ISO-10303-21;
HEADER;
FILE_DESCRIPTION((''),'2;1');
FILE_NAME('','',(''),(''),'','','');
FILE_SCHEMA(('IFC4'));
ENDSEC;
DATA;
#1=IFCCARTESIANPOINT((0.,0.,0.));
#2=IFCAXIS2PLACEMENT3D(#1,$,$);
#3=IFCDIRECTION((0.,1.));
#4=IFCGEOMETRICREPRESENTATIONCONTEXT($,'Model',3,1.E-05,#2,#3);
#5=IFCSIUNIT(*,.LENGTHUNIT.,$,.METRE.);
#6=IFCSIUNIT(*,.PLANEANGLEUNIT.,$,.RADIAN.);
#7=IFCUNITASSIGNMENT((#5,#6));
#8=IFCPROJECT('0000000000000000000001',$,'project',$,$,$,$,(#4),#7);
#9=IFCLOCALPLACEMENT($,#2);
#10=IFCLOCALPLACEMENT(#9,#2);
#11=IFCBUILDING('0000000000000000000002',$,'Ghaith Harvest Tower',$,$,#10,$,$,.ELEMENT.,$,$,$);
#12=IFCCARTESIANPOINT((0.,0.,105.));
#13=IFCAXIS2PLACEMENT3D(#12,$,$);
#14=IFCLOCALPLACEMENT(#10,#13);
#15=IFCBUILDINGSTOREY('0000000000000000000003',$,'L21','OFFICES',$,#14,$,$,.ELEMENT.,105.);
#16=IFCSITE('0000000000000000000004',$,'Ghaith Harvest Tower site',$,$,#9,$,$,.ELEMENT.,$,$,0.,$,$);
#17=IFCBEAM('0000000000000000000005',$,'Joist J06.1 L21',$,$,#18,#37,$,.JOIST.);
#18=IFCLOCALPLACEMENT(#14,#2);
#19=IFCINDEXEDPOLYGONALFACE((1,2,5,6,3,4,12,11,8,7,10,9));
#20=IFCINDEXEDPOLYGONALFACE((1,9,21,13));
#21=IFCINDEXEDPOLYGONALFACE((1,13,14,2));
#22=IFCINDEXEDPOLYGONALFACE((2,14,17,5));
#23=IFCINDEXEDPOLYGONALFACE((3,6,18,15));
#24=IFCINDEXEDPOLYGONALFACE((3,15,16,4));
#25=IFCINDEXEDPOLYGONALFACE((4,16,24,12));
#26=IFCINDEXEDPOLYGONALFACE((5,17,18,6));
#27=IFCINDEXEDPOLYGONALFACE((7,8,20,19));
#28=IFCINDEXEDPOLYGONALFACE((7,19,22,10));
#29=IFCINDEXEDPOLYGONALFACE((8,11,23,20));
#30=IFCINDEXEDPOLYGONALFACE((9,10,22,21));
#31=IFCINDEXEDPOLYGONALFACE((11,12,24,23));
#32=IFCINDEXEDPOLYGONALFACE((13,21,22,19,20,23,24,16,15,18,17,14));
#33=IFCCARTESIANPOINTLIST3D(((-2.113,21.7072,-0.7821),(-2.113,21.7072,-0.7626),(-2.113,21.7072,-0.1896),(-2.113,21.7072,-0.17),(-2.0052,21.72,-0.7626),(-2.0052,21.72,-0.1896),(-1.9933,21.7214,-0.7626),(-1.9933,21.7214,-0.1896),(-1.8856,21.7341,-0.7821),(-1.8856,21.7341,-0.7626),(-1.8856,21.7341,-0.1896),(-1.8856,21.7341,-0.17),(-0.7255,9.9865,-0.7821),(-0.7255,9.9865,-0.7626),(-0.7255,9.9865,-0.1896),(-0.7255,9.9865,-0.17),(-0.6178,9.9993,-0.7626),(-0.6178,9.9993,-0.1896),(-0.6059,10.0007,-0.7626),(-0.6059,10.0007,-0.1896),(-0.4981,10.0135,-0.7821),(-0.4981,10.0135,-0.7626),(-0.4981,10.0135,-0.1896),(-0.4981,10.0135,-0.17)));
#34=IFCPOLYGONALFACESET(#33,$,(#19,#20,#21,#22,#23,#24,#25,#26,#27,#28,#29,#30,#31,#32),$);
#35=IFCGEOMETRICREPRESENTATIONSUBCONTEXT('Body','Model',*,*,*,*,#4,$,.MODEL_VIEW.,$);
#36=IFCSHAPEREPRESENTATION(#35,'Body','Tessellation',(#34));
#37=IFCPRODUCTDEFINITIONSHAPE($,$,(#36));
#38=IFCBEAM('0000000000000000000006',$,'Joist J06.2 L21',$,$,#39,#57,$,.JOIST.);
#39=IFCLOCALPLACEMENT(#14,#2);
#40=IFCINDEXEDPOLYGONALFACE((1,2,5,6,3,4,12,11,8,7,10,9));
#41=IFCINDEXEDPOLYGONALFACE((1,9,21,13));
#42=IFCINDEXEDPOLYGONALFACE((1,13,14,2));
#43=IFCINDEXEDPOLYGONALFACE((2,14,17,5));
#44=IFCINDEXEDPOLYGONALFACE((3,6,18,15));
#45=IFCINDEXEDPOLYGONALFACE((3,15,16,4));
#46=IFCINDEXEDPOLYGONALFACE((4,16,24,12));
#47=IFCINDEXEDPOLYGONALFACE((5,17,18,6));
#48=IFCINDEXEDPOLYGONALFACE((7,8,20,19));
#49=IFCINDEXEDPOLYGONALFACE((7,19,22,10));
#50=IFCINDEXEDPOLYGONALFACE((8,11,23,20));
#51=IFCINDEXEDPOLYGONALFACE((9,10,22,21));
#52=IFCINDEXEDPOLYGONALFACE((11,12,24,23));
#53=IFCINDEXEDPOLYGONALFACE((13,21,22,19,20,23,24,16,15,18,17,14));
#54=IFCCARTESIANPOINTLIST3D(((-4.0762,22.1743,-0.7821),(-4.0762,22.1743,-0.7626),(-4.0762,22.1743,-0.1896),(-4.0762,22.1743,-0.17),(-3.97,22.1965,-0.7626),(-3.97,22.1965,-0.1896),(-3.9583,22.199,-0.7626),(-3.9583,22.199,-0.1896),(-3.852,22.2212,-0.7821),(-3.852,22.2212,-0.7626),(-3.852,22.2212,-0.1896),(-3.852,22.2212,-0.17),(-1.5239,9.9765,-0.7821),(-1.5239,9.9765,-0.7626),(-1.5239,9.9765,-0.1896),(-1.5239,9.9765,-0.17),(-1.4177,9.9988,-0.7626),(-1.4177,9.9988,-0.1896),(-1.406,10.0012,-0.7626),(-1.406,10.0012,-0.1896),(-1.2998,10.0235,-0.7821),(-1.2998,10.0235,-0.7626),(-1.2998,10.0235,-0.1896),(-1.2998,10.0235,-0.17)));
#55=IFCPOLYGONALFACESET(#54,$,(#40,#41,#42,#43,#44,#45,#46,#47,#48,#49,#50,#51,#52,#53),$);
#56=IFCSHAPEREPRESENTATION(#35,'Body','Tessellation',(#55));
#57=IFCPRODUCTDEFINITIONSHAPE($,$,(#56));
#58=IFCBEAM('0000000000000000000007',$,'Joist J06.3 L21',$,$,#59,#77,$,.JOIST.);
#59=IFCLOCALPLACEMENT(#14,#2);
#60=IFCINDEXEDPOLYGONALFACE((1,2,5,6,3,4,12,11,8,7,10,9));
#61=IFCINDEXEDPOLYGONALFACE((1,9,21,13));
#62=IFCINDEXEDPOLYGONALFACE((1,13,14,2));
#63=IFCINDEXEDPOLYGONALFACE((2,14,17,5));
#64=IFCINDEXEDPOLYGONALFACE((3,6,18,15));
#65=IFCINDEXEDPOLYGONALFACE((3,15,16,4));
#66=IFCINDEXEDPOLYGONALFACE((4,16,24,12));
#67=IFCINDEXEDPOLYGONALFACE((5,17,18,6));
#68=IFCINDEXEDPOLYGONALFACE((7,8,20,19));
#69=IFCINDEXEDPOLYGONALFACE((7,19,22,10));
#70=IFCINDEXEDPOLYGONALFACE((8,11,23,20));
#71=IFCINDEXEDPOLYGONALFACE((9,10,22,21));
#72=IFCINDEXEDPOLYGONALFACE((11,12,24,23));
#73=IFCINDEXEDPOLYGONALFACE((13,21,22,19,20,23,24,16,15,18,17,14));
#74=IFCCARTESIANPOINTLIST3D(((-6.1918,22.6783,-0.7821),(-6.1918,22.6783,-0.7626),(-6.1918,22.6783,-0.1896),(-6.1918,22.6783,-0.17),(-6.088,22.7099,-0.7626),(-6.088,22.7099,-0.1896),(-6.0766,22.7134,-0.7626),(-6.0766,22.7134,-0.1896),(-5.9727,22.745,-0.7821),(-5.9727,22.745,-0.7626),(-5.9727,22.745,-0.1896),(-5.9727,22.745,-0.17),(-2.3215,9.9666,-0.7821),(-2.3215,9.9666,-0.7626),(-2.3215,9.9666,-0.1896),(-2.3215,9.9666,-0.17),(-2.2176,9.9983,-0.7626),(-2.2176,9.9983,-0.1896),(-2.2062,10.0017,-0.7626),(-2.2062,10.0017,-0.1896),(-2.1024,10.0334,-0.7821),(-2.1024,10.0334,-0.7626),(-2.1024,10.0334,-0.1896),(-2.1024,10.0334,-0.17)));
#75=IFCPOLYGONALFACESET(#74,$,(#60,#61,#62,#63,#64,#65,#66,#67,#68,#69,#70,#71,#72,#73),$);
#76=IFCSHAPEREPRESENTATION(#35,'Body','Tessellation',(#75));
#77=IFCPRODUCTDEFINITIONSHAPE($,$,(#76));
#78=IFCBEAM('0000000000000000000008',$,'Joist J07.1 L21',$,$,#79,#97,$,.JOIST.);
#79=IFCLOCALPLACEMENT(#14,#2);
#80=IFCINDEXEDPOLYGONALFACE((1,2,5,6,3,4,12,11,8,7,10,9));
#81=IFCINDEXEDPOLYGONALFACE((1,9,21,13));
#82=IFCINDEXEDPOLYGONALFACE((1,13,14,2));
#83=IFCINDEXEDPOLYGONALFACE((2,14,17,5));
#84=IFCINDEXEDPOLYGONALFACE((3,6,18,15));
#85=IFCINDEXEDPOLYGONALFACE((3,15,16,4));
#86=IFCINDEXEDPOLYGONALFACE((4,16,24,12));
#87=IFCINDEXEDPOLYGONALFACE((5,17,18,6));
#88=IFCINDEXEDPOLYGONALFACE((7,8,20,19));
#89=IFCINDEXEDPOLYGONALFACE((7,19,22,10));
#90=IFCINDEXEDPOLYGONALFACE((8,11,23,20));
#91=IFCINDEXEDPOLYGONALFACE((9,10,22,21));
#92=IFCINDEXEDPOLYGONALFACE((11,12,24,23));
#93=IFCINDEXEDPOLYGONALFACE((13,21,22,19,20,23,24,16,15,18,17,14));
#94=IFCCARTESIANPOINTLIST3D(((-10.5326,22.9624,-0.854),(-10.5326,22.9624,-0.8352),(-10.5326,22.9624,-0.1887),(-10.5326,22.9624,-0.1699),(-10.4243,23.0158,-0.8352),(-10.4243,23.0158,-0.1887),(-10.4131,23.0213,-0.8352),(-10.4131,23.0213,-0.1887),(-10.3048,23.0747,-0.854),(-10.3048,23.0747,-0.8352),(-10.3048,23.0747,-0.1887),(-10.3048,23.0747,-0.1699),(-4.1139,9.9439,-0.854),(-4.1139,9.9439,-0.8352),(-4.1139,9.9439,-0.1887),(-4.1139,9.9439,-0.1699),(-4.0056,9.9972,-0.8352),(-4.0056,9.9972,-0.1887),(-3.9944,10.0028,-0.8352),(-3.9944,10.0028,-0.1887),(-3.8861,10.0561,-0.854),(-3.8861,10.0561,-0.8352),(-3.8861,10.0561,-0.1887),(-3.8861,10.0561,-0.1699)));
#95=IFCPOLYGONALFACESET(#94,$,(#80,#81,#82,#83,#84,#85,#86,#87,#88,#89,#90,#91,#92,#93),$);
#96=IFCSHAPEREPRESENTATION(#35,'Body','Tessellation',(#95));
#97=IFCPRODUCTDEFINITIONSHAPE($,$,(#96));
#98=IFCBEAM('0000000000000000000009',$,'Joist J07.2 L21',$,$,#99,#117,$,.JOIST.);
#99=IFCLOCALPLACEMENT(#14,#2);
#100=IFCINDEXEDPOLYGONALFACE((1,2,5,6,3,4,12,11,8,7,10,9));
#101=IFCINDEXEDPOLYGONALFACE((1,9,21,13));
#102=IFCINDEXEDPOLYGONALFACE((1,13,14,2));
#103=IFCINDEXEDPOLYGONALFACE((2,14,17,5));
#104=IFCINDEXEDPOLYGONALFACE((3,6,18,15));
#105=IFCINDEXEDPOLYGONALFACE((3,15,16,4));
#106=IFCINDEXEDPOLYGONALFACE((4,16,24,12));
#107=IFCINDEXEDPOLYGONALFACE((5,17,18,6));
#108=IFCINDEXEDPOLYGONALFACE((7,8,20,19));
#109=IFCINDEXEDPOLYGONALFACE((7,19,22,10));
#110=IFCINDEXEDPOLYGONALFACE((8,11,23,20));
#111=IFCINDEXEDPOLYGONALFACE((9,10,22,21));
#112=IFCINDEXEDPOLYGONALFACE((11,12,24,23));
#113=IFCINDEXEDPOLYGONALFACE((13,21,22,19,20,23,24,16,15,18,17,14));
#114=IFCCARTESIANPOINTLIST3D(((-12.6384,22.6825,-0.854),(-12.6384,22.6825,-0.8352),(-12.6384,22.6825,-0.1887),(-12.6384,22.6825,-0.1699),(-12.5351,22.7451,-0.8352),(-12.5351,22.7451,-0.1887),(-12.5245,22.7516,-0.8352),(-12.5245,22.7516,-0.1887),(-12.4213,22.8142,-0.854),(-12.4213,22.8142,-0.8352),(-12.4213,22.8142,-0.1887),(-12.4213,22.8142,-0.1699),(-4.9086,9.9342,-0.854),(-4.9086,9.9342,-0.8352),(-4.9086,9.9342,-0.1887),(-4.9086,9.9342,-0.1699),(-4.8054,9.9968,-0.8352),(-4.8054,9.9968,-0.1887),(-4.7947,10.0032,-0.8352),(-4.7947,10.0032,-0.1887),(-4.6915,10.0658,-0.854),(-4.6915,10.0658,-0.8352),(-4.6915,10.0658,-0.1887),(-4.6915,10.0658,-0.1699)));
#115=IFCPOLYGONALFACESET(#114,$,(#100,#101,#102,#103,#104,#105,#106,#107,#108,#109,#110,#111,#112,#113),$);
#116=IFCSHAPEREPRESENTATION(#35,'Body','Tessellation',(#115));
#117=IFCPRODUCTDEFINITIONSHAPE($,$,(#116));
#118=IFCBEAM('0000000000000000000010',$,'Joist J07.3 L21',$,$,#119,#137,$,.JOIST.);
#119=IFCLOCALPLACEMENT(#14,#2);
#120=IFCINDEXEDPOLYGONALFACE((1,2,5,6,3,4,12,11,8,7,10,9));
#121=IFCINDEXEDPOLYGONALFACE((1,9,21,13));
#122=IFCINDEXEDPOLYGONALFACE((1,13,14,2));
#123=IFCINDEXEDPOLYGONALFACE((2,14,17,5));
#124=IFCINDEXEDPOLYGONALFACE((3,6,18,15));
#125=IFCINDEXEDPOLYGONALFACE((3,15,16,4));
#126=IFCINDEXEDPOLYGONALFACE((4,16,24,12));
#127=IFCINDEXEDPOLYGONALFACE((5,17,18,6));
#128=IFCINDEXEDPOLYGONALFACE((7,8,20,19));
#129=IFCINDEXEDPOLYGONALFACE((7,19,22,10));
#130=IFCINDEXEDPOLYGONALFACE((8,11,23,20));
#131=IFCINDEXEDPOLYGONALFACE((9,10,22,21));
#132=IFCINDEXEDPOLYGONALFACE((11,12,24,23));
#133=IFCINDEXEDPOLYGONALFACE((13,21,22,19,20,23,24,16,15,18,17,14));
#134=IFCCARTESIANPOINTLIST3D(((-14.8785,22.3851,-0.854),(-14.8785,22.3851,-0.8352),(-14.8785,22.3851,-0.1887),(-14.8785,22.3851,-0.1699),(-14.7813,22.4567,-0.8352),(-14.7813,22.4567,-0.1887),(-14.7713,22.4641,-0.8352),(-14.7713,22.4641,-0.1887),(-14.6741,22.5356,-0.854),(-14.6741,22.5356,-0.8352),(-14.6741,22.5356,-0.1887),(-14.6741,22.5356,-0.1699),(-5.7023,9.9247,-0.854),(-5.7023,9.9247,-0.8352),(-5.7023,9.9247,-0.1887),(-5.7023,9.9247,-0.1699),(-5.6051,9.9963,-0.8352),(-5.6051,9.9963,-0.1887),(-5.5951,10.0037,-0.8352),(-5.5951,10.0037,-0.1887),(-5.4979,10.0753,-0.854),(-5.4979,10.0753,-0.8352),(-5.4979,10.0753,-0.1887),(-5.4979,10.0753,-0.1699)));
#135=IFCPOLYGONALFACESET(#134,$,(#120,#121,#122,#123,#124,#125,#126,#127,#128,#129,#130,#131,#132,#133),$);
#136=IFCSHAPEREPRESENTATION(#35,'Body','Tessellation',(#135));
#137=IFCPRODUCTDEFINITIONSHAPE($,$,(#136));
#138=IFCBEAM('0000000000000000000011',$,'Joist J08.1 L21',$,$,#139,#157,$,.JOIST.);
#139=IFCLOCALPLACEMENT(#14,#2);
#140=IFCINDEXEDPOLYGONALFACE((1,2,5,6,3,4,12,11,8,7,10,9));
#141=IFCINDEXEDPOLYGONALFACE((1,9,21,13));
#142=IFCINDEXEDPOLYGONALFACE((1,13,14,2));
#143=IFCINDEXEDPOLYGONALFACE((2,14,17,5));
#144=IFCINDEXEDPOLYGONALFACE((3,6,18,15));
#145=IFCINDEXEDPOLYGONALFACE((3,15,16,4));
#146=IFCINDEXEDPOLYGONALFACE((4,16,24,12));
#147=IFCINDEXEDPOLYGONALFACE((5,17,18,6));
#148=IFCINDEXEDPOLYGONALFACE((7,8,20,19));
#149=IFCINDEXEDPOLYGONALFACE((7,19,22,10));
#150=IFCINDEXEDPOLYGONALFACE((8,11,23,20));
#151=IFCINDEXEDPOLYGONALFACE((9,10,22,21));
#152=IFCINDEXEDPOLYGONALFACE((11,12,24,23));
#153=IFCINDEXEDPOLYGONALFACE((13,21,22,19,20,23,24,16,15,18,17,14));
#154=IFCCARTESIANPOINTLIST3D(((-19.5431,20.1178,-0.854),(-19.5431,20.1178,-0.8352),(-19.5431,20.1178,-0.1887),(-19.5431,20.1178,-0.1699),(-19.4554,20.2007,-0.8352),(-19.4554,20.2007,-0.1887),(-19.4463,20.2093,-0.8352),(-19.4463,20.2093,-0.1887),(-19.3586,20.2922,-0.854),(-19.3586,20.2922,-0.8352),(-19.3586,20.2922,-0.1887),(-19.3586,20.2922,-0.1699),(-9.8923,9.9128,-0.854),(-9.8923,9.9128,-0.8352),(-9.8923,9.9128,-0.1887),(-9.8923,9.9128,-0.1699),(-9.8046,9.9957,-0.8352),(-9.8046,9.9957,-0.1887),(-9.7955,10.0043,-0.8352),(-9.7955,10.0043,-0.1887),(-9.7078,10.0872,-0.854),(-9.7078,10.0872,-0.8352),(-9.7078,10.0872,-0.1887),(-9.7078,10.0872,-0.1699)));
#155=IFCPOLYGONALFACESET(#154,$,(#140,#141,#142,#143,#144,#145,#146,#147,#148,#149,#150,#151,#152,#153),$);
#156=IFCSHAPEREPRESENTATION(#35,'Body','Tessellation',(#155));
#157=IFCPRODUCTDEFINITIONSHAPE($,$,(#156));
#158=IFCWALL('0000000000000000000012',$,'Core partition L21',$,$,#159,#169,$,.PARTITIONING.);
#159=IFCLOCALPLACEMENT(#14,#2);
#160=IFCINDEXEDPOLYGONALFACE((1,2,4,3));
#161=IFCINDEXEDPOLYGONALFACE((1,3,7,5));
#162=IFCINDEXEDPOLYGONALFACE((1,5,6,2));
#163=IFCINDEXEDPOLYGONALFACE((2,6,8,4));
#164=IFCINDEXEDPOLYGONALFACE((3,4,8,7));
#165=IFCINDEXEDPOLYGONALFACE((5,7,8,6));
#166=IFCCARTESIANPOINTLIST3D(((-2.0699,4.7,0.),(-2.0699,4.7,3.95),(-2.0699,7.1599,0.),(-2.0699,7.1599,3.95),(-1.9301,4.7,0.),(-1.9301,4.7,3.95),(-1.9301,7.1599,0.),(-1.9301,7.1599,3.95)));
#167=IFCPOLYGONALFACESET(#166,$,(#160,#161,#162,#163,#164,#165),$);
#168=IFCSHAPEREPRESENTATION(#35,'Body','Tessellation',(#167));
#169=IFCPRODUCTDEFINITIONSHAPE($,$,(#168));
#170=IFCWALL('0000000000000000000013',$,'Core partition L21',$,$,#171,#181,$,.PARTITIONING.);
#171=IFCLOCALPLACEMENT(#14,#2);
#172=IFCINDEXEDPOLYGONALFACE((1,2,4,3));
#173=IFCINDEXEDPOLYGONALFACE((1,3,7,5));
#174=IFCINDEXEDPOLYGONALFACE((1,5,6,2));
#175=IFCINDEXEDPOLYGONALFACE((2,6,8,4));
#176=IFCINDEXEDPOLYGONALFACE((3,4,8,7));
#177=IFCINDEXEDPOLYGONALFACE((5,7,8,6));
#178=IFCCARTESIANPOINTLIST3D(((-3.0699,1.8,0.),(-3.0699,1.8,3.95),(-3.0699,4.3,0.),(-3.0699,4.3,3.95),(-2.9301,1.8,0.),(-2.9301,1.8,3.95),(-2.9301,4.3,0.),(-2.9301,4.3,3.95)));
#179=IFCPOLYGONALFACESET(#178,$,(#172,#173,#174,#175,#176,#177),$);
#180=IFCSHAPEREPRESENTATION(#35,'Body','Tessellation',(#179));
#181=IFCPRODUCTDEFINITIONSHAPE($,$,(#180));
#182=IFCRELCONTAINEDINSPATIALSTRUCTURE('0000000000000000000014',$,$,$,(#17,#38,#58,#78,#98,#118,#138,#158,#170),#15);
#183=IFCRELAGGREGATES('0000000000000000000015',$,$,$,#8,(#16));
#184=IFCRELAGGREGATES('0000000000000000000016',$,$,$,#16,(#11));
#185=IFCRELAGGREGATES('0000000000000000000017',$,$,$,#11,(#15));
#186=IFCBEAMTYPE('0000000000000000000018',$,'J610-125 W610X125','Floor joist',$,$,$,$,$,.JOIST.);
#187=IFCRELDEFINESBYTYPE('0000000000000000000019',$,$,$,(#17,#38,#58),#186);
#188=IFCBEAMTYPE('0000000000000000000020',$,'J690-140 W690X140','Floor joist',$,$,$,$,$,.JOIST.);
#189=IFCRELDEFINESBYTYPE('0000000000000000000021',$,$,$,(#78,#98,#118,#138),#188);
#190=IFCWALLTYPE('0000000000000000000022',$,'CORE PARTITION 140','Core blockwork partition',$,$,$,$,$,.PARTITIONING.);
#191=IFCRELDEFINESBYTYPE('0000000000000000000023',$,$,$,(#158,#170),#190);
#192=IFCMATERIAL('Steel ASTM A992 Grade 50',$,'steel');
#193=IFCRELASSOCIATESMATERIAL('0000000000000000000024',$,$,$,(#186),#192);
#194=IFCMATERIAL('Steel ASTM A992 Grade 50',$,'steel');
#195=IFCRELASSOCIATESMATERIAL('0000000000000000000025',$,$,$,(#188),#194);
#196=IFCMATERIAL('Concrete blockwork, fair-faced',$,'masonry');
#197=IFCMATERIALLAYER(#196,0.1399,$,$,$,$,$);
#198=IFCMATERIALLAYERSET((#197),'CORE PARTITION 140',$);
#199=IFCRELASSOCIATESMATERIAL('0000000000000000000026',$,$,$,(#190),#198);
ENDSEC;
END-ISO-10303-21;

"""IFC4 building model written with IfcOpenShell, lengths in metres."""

from ifc_helpers import new_model, si_unit, direction, frame, frame_2d, origin, origin_2d, place, context, subcontext, project, spatial, rectangle, i_section, extrude, material, layer, layer_set, material_profile, profile_set, type_object, element, save


model = new_model("IFC4")

# Units and contexts
model_context = context("Model", 3, precision=1e-05, world=origin(), true_north=direction((0.0, 1.0)))
body_context = subcontext(model_context, "Body", "Model", "MODEL_VIEW")
ifc_project = project(units=[si_unit("LENGTHUNIT", "METRE"), si_unit("PLANEANGLEUNIT", "RADIAN")], contexts=[model_context])

# Site, building, storey
site_placement = place(None, origin())
site = spatial("IfcSite", under=ifc_project, at=site_placement, Name="Ghaith Harvest Tower site", CompositionType="ELEMENT", RefElevation=0.0)
building_placement = place(site_placement, origin())
building = spatial("IfcBuilding", under=site, at=building_placement, Name="Ghaith Harvest Tower", CompositionType="ELEMENT")
storey_placement = place(building_placement, frame((0.0, 0.0, 105.0)))
storey = spatial("IfcBuildingStorey", under=building, at=storey_placement, Name="L21", Description="OFFICES", CompositionType="ELEMENT", Elevation=105.0)

# Beams
ifc_material_1 = material(Name="Steel ASTM A992 Grade 50", Category="steel")
ifc_material_profile_1 = material_profile(ifc_material_1, i_section(OverallWidth=0.229, OverallDepth=0.6121, WebThickness=0.012, FlangeThickness=0.0195, at=origin_2d()), Name="W610X125")
ifc_profile_set_1 = profile_set([ifc_material_profile_1], Name="Steel ASTM A992 Grade 50")
beam_type_1 = type_object("IfcBeamType", Name="J610-125 W610X125", Description="Floor joist", PredefinedType="JOIST", material=ifc_profile_set_1)
beam_1_placement = place(storey_placement, frame((-0.6118, 10.0, -0.4761), z_axis=(-0.117555, 0.993066, 0.0), x_axis=(-0.993066, -0.117555, 0.0)))
element("IfcBeam", 1, at=beam_1_placement, inside=storey, type_object=beam_type_1, Name="Joist J06.1 L21", PredefinedType="JOIST", context=body_context, shape_type="SweptSolid", body=[
    extrude(i_section(OverallWidth=0.229, OverallDepth=0.6121, WebThickness=0.012, FlangeThickness=0.0195, at=origin_2d()), origin(), (0.0, 0.0, 1.0), 11.8025),
])
beam_2_placement = place(storey_placement, frame((-1.4119, 10.0, -0.4761), z_axis=(-0.204804, 0.978803, 0.0), x_axis=(-0.978803, -0.204804, 0.0)))
element("IfcBeam", 2, at=beam_2_placement, inside=storey, type_object=beam_type_1, Name="Joist J06.2 L21", PredefinedType="JOIST", context=body_context, shape_type="SweptSolid", body=[
    extrude(i_section(OverallWidth=0.229, OverallDepth=0.6121, WebThickness=0.012, FlangeThickness=0.0195, at=origin_2d()), origin(), (0.0, 0.0, 1.0), 12.4619),
])
beam_3_placement = place(storey_placement, frame((-2.2119, 10.0, -0.4761), z_axis=(-0.291271, 0.95664, 0.0), x_axis=(-0.95664, -0.291271, 0.0)))
element("IfcBeam", 3, at=beam_3_placement, inside=storey, type_object=beam_type_1, Name="Joist J06.3 L21", PredefinedType="JOIST", context=body_context, shape_type="SweptSolid", body=[
    extrude(i_section(OverallWidth=0.229, OverallDepth=0.6121, WebThickness=0.012, FlangeThickness=0.0195, at=origin_2d()), origin(), (0.0, 0.0, 1.0), 13.2878),
])
ifc_material_2 = material(Name="Steel ASTM A992 Grade 50", Category="steel")
ifc_material_profile_2 = material_profile(ifc_material_2, i_section(OverallWidth=0.2539, OverallDepth=0.6841, WebThickness=0.0125, FlangeThickness=0.0188, at=origin_2d()), Name="W690X140")
ifc_profile_set_2 = profile_set([ifc_material_profile_2], Name="Steel ASTM A992 Grade 50")
beam_type_2 = type_object("IfcBeamType", Name="J690-140 W690X140", Description="Floor joist", PredefinedType="JOIST", material=ifc_profile_set_2)
beam_4_placement = place(storey_placement, frame((-4.0, 10.0, -0.512), z_axis=(-0.442214, 0.896909, 0.0), x_axis=(-0.896909, -0.442214, 0.0)))
element("IfcBeam", 4, at=beam_4_placement, inside=storey, type_object=beam_type_2, Name="Joist J07.1 L21", PredefinedType="JOIST", context=body_context, shape_type="SweptSolid", body=[
    extrude(i_section(OverallWidth=0.2539, OverallDepth=0.6841, WebThickness=0.0125, FlangeThickness=0.0188, at=origin_2d()), origin(), (0.0, 0.0, 1.0), 14.5149),
])
beam_5_placement = place(storey_placement, frame((-4.8, 10.0, -0.512), z_axis=(-0.518473, 0.855094, 0.0), x_axis=(-0.855094, -0.518473, 0.0)))
element("IfcBeam", 5, at=beam_5_placement, inside=storey, type_object=beam_type_2, Name="Joist J07.2 L21", PredefinedType="JOIST", context=body_context, shape_type="SweptSolid", body=[
    extrude(i_section(OverallWidth=0.2539, OverallDepth=0.6841, WebThickness=0.0125, FlangeThickness=0.0188, at=origin_2d()), origin(), (0.0, 0.0, 1.0), 14.9087),
])
beam_6_placement = place(storey_placement, frame((-5.6001, 10.0, -0.512), z_axis=(-0.592985, 0.805214, 0.0), x_axis=(-0.805214, -0.592985, 0.0)))
element("IfcBeam", 6, at=beam_6_placement, inside=storey, type_object=beam_type_2, Name="Joist J07.3 L21", PredefinedType="JOIST", context=body_context, shape_type="SweptSolid", body=[
    extrude(i_section(OverallWidth=0.2539, OverallDepth=0.6841, WebThickness=0.0125, FlangeThickness=0.0188, at=origin_2d()), origin(), (0.0, 0.0, 1.0), 15.4746),
])
beam_7_placement = place(storey_placement, frame((-9.8, 10.0, -0.512), z_axis=(-0.687103, 0.72656, 0.0), x_axis=(-0.72656, -0.687103, 0.0)))
element("IfcBeam", 7, at=beam_7_placement, inside=storey, type_object=beam_type_2, Name="Joist J08.1 L21", PredefinedType="JOIST", context=body_context, shape_type="SweptSolid", body=[
    extrude(i_section(OverallWidth=0.2539, OverallDepth=0.6841, WebThickness=0.0125, FlangeThickness=0.0188, at=origin_2d()), origin(), (0.0, 0.0, 1.0), 14.0457),
])

# Shared definitions
ifc_material_3 = material(Name="Concrete blockwork, fair-faced", Category="masonry")
ifc_layer_1 = layer(ifc_material_3, 0.1399)
ifc_layer_set_1 = layer_set([ifc_layer_1], Name="CORE PARTITION 140")
wall_type_1 = type_object("IfcWallType", Name="CORE PARTITION 140", Description="Core blockwork partition", PredefinedType="PARTITIONING", material=ifc_layer_set_1)

# Walls
wall_1_placement = place(storey_placement, frame((-2.0, 4.7, 0.0), z_axis=(0.0, 0.0, 1.0), x_axis=(0.0, 1.0, 0.0)))
element("IfcWall", 8, at=wall_1_placement, inside=storey, type_object=wall_type_1, Name="Core partition L21", PredefinedType="PARTITIONING", context=body_context, shape_type="SweptSolid", body=[
    extrude(rectangle(XDim=2.46, YDim=0.1399, at=frame_2d((1.23, 0.0))), origin(), (0.0, 0.0, 1.0), 3.95),
])
wall_2_placement = place(storey_placement, frame((-3.0, 1.8, 0.0), z_axis=(0.0, 0.0, 1.0), x_axis=(0.0, 1.0, 0.0)))
element("IfcWall", 9, at=wall_2_placement, inside=storey, type_object=wall_type_1, Name="Core partition L21", PredefinedType="PARTITIONING", context=body_context, shape_type="SweptSolid", body=[
    extrude(rectangle(XDim=2.5, YDim=0.1399, at=frame_2d((1.25, 0.0))), origin(), (0.0, 0.0, 1.0), 3.95),
])

save(model, "model.ifc")
